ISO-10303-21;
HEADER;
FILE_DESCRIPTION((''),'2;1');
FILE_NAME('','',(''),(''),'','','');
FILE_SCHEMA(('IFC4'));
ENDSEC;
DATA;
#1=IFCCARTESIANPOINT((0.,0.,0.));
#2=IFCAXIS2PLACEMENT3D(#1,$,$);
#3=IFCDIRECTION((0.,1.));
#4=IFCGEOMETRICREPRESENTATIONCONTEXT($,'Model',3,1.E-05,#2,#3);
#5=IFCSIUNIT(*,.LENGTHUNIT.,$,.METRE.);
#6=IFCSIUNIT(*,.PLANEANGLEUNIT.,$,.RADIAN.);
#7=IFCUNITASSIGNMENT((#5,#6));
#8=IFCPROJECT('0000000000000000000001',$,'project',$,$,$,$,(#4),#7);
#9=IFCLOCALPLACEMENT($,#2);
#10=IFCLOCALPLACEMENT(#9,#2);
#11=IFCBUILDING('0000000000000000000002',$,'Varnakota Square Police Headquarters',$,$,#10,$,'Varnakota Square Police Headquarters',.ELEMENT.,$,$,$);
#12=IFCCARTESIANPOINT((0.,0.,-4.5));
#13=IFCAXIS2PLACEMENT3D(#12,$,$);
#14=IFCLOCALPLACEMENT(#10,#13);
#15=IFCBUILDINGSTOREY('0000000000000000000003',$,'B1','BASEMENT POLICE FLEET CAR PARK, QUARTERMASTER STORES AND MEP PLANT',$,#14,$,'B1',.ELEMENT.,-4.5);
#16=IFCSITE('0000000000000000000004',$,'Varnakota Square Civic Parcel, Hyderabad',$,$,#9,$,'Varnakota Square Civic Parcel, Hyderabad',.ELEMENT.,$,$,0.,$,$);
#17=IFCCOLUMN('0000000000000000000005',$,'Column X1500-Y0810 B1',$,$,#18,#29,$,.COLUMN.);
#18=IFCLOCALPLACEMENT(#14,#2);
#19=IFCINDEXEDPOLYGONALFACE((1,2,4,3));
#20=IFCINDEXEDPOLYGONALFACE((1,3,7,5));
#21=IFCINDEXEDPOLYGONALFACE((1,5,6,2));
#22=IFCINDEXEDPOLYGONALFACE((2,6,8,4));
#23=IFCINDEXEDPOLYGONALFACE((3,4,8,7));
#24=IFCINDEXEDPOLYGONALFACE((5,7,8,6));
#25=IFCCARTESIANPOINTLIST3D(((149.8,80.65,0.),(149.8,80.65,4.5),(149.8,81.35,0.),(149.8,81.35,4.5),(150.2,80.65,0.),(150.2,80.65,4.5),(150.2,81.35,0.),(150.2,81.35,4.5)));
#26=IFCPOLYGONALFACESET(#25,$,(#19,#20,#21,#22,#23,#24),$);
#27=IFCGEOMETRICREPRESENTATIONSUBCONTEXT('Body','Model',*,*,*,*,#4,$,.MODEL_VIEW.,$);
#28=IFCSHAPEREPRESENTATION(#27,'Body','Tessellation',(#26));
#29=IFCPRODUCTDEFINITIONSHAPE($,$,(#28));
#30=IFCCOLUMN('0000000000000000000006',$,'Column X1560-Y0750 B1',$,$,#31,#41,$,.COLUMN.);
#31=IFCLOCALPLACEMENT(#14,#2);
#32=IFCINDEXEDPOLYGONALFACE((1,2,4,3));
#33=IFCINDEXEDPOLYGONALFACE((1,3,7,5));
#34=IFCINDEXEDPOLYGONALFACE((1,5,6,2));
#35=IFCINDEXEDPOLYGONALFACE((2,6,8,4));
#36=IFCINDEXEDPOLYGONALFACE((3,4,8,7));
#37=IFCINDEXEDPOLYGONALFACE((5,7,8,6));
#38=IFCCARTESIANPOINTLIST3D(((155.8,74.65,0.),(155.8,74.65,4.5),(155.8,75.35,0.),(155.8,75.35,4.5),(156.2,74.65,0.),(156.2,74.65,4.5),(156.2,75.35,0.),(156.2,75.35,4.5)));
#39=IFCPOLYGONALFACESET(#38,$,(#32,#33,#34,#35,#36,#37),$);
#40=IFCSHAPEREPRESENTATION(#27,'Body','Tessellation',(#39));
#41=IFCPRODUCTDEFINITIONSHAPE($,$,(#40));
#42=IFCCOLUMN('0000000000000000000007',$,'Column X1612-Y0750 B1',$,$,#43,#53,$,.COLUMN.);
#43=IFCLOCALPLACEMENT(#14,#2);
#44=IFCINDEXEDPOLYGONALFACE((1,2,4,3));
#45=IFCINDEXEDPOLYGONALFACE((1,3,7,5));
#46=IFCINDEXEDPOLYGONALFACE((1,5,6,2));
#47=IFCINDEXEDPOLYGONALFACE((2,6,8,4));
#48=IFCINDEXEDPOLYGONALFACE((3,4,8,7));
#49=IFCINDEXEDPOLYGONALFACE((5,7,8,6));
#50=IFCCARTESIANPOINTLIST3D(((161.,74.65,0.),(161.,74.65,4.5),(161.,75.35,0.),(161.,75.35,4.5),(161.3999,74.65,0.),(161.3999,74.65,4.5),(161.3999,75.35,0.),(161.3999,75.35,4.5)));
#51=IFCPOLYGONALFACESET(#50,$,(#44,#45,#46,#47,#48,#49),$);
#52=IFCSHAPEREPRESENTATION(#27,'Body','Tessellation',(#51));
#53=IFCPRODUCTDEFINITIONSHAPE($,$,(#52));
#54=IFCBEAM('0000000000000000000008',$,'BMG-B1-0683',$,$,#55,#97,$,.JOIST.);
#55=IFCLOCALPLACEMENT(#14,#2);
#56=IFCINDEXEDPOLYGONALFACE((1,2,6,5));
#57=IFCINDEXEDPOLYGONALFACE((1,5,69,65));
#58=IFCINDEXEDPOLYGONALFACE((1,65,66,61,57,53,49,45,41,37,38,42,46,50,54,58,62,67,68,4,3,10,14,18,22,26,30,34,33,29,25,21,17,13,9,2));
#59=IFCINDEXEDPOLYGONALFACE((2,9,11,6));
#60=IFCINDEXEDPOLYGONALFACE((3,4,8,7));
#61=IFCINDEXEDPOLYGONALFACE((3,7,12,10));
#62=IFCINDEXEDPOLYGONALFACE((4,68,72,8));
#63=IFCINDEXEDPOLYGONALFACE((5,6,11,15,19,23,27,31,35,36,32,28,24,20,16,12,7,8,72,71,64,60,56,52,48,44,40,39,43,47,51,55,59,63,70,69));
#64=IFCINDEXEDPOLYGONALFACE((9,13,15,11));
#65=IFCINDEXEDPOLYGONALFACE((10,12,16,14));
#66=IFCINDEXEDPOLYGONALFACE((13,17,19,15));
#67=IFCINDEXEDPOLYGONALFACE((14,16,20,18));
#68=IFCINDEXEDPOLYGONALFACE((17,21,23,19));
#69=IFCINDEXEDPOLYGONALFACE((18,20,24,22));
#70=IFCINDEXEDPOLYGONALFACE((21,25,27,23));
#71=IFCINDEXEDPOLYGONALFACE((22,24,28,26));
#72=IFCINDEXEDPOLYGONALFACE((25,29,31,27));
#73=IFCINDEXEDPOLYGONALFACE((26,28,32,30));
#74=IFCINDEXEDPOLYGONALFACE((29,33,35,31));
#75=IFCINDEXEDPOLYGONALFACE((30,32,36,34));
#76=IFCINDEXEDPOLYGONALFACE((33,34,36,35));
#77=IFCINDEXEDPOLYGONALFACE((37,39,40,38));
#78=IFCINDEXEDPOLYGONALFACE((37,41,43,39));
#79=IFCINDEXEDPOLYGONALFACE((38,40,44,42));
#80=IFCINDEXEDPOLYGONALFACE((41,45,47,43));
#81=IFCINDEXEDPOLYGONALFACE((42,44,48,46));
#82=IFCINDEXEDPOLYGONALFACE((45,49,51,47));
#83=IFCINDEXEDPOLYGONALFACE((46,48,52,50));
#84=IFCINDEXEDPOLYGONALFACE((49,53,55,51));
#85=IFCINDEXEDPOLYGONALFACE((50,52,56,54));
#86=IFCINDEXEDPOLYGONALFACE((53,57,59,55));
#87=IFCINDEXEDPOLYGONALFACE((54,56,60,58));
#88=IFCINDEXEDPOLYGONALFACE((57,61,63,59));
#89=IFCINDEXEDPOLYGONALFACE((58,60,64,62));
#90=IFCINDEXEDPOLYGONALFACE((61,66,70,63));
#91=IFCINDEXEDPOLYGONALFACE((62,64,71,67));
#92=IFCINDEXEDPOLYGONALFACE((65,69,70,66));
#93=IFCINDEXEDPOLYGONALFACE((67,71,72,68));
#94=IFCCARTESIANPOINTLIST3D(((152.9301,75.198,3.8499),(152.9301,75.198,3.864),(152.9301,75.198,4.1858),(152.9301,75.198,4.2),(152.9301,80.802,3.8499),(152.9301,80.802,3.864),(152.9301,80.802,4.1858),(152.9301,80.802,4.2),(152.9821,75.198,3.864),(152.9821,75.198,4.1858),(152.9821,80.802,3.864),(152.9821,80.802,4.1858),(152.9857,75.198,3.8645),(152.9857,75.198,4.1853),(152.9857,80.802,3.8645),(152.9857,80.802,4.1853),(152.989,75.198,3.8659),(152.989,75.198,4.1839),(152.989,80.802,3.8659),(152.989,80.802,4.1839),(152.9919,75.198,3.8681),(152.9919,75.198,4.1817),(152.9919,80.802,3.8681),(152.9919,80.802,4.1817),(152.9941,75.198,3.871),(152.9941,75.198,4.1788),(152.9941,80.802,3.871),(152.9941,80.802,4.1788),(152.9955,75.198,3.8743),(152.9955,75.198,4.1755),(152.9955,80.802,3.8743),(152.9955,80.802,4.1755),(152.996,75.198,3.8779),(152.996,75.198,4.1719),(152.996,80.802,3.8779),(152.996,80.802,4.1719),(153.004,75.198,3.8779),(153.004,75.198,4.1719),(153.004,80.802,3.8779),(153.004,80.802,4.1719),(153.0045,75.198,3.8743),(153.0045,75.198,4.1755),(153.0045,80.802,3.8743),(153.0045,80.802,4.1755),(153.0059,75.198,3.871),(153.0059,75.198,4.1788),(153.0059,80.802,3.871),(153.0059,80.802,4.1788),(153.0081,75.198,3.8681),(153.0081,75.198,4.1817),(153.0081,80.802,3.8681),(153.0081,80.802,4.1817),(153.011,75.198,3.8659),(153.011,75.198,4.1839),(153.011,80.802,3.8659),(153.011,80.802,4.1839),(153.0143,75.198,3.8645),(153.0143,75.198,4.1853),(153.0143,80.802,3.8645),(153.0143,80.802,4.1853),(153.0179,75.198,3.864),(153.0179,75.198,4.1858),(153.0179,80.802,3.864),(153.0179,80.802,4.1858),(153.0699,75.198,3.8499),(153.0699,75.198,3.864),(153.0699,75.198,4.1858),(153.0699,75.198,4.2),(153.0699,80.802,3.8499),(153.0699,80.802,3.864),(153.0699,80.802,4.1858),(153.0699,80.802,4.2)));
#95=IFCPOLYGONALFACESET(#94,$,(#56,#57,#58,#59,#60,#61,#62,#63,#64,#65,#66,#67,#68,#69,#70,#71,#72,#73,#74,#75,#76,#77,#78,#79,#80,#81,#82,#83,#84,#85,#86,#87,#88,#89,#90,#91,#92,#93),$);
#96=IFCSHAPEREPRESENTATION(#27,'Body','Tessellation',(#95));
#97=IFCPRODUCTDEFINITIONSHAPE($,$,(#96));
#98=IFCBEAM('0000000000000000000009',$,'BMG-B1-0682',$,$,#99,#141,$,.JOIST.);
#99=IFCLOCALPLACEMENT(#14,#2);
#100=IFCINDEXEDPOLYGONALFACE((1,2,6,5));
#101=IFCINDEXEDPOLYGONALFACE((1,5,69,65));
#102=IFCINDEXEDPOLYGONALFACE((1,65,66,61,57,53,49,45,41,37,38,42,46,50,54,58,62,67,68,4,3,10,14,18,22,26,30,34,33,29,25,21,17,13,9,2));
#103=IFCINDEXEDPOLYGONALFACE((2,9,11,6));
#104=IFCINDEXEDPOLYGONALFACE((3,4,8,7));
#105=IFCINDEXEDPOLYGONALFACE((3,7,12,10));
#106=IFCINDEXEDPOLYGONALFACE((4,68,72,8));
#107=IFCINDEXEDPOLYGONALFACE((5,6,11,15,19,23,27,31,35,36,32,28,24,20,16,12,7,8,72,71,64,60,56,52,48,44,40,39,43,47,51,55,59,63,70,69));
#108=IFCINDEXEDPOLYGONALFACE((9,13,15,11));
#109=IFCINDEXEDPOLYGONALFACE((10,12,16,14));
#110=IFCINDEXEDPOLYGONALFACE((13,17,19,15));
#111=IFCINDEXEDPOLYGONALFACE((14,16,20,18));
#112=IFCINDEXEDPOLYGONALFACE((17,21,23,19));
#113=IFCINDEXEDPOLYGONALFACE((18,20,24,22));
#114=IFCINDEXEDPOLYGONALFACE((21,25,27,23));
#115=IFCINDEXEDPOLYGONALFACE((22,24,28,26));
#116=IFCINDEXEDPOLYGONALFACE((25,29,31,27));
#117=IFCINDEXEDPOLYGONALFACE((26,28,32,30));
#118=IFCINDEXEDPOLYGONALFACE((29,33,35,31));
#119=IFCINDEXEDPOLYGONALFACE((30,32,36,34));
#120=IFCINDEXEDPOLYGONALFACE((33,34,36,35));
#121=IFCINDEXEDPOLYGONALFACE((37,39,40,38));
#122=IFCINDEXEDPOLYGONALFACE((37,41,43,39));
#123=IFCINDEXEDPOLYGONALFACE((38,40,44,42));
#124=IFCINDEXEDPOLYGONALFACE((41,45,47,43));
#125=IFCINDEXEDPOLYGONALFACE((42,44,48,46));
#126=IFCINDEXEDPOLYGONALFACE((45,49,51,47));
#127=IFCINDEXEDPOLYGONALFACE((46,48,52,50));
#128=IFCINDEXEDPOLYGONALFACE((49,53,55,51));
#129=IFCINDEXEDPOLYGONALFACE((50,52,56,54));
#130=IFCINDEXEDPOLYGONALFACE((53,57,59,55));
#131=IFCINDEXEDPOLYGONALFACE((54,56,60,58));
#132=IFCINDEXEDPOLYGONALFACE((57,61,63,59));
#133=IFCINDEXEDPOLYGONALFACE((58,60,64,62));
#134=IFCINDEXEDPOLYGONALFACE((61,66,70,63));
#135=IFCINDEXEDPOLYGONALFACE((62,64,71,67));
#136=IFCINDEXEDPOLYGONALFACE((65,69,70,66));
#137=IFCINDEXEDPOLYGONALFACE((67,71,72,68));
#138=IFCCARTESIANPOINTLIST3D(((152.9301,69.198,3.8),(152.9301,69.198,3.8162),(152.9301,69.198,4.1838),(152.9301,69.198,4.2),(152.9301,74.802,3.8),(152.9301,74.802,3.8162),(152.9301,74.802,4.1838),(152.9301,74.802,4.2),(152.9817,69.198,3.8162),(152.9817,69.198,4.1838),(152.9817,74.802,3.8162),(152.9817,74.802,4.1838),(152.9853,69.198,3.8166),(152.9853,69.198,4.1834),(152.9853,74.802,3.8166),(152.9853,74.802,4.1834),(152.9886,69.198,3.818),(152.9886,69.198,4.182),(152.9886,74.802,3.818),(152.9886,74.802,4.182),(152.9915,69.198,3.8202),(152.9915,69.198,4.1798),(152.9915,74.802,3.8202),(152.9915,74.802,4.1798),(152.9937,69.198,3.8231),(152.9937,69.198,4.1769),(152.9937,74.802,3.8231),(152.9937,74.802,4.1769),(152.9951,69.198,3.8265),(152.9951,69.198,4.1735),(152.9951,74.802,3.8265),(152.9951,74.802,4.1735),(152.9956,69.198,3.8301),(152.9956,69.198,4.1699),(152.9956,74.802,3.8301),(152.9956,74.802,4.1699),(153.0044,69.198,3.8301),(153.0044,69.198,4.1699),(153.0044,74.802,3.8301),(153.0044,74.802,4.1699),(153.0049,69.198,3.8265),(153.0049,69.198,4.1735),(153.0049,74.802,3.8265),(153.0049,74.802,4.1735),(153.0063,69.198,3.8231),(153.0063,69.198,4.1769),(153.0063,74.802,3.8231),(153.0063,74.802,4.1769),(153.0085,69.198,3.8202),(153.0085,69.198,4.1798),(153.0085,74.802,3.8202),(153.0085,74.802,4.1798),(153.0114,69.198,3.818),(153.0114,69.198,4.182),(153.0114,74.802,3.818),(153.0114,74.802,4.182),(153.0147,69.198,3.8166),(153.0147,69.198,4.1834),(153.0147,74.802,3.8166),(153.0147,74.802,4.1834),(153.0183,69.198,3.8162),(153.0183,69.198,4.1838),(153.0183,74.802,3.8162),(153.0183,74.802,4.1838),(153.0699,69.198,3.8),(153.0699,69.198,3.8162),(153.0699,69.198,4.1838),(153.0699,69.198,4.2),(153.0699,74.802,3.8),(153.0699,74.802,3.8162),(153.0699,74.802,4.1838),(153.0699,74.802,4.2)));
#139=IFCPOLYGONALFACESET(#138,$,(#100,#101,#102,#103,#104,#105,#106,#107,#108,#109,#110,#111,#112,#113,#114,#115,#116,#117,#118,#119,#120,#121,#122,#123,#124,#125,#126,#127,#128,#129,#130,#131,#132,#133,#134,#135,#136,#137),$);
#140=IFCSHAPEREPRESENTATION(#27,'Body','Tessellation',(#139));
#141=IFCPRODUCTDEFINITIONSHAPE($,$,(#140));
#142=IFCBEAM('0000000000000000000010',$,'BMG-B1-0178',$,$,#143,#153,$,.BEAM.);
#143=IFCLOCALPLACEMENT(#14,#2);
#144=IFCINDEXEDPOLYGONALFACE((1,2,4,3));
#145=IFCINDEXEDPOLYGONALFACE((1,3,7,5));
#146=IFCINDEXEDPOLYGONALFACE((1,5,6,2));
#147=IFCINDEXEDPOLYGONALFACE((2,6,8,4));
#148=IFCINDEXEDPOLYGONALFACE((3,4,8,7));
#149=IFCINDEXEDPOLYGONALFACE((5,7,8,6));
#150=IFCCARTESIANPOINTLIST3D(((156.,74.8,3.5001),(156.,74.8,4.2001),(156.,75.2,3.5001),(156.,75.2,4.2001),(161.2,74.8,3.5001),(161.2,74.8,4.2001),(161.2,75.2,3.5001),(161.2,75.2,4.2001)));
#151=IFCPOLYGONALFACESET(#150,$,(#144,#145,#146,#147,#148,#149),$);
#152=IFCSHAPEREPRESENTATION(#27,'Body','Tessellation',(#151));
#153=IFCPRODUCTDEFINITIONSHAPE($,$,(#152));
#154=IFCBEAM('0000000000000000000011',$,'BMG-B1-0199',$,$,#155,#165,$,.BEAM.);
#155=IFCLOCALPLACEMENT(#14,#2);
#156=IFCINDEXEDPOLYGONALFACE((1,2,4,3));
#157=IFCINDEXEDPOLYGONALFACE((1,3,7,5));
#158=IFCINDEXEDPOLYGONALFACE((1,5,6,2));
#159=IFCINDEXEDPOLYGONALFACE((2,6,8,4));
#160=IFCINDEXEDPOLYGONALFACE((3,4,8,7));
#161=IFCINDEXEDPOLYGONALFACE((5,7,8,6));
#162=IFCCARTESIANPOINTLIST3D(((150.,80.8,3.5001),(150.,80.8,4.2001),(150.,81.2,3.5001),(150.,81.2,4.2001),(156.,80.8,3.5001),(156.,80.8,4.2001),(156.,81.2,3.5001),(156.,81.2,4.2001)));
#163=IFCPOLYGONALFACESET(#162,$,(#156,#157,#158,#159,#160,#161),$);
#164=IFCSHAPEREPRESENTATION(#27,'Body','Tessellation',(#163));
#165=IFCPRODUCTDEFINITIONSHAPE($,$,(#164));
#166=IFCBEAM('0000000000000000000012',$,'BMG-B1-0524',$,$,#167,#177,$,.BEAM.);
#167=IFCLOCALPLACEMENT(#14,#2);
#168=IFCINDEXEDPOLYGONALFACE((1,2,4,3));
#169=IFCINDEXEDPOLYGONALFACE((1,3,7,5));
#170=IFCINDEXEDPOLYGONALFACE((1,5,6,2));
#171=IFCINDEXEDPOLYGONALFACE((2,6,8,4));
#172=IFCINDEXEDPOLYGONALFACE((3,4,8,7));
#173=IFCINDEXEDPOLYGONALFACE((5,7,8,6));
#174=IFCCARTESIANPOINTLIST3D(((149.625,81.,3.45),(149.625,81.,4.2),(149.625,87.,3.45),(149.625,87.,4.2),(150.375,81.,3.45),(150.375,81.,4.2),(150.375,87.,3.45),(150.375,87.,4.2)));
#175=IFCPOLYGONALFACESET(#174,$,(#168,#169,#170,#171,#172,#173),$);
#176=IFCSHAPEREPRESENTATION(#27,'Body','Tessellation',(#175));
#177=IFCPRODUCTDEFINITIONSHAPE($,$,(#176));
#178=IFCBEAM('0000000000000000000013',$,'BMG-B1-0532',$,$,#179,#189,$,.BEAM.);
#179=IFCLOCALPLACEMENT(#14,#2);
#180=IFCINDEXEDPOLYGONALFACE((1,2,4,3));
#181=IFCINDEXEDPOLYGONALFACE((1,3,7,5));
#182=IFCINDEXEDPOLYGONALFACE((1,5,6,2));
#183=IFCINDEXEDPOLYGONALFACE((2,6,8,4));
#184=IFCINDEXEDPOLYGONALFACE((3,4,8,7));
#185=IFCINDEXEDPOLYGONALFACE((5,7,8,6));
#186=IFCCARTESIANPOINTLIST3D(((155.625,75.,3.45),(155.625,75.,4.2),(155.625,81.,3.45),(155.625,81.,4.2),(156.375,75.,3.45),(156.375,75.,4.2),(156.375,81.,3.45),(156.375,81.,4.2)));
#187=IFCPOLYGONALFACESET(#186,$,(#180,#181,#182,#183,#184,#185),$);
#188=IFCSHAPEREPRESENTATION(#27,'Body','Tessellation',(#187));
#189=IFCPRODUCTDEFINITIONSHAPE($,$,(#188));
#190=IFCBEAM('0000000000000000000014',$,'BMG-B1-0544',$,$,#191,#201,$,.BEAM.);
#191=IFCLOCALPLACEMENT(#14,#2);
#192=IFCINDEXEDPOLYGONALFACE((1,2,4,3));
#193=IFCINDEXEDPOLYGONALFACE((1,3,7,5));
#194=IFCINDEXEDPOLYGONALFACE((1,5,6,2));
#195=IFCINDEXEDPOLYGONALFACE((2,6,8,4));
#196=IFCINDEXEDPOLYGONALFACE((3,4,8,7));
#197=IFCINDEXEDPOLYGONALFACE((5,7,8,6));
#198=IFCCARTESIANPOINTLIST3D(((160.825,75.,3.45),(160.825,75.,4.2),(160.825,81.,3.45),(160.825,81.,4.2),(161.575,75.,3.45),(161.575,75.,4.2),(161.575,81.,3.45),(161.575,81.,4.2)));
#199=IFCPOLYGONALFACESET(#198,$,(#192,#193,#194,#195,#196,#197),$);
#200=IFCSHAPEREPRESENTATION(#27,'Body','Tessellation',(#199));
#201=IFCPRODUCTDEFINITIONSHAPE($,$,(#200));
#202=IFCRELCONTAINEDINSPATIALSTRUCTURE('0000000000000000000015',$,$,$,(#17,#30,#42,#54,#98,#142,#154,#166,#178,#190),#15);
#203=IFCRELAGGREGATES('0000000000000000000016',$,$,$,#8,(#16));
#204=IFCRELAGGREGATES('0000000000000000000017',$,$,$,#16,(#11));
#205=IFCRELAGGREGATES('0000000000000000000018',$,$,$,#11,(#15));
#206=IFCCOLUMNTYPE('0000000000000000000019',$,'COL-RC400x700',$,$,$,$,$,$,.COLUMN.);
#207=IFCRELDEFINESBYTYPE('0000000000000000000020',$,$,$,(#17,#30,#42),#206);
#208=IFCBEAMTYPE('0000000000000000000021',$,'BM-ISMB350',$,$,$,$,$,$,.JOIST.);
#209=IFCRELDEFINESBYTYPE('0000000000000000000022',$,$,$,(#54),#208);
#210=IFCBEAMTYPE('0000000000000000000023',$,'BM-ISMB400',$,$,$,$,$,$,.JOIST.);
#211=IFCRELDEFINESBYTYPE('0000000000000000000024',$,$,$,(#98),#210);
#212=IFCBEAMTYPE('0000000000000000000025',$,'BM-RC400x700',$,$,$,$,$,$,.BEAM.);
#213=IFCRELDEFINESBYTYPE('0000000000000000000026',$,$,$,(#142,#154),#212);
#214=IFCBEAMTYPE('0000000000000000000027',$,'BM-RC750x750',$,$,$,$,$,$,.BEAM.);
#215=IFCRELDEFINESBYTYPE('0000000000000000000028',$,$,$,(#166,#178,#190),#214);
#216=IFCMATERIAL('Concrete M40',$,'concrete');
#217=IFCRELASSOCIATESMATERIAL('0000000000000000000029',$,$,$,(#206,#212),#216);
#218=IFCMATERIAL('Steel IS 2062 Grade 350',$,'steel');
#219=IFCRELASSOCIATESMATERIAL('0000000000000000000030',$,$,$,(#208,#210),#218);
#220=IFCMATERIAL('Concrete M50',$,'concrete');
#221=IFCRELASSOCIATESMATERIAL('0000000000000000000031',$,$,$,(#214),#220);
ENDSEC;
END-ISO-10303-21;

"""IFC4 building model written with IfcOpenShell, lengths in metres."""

from ifc_helpers import new_model, si_unit, direction, frame, origin, origin_2d, place, context, subcontext, project, spatial, rectangle, i_section, extrude, material, material_profile, profile_set, type_object, element, save


model = new_model("IFC4")

# Units and contexts
model_context = context("Model", 3, precision=1e-05, world=origin(), true_north=direction((0.0, 1.0)))
body_context = subcontext(model_context, "Body", "Model", "MODEL_VIEW")
ifc_project = project(units=[si_unit("LENGTHUNIT", "METRE"), si_unit("PLANEANGLEUNIT", "RADIAN")], contexts=[model_context])

# Site, building, storey
site_placement = place(None, origin())
site = spatial("IfcSite", under=ifc_project, at=site_placement, Name="Varnakota Square Civic Parcel, Hyderabad", LongName="Varnakota Square Civic Parcel, Hyderabad", CompositionType="ELEMENT", RefElevation=0.0)
building_placement = place(site_placement, origin())
building = spatial("IfcBuilding", under=site, at=building_placement, Name="Varnakota Square Police Headquarters", LongName="Varnakota Square Police Headquarters", CompositionType="ELEMENT")
storey_placement = place(building_placement, frame((0.0, 0.0, -4.5)))
storey = spatial("IfcBuildingStorey", under=building, at=storey_placement, Name="B1", Description="BASEMENT POLICE FLEET CAR PARK, QUARTERMASTER STORES AND MEP PLANT", LongName="B1", CompositionType="ELEMENT", Elevation=-4.5)

# Shared definitions
ifc_material_1 = material(Name="Concrete M40", Category="concrete")

# Columns
ifc_material_profile_1 = material_profile(ifc_material_1, rectangle(XDim=0.3999, YDim=0.7, at=origin_2d()), Name="RC 400x700")
ifc_profile_set_1 = profile_set([ifc_material_profile_1], Name="Concrete M40")
column_type = type_object("IfcColumnType", Name="COL-RC400x700", PredefinedType="COLUMN", material=ifc_profile_set_1)
for number, where, z_axis, x_axis, name in (
    (1, (150.0, 81.0, 0.0), (0.0, 0.0, 1.0), (1.0, 0.0, 0.0), "Column X1500-Y0810 B1"),
    (2, (156.0, 75.0, 0.0), (0.0, 0.0, 1.0), (1.0, 0.0, 0.0), "Column X1560-Y0750 B1"),
    (3, (161.2, 75.0, 0.0), (0.0, 0.0, 1.0), (1.0, 0.0, 0.0), "Column X1612-Y0750 B1"),
):
    element("IfcColumn", number, at=place(storey_placement, frame(where, z_axis=z_axis, x_axis=x_axis)), inside=storey, type_object=column_type, Name=name, PredefinedType="COLUMN", context=body_context, shape_type="SweptSolid", body=[
        extrude(rectangle(XDim=0.3999, YDim=0.7, at=origin_2d()), origin(), (0.0, 0.0, 1.0), 4.5),
    ])

# Beams
ifc_material_2 = material(Name="Steel IS 2062 Grade 350", Category="steel")
ifc_material_profile_2 = material_profile(ifc_material_2, i_section(OverallWidth=0.1399, OverallDepth=0.3501, WebThickness=0.0081, FlangeThickness=0.0142, FilletRadius=0.0139, at=origin_2d()), Name="ISMB 350")
ifc_profile_set_2 = profile_set([ifc_material_profile_2], Name="Steel IS 2062 Grade 350")
beam_type_1 = type_object("IfcBeamType", Name="BM-ISMB350", PredefinedType="JOIST", material=ifc_profile_set_2)
beam_1_placement = place(storey_placement, frame((153.0, 75.198, 4.0249), z_axis=(0.0, 1.0, 0.0), x_axis=(-1.0, 0.0, 0.0)))
element("IfcBeam", 4, at=beam_1_placement, inside=storey, type_object=beam_type_1, Name="BMG-B1-0683", PredefinedType="JOIST", context=body_context, shape_type="SweptSolid", body=[
    extrude(i_section(OverallWidth=0.1399, OverallDepth=0.3501, WebThickness=0.0081, FlangeThickness=0.0142, FilletRadius=0.0139, at=origin_2d()), origin(), (0.0, 0.0, 1.0), 5.604),
])
ifc_material_profile_3 = material_profile(ifc_material_2, i_section(OverallWidth=0.1399, OverallDepth=0.3999, WebThickness=0.0088, FlangeThickness=0.0161, FilletRadius=0.0139, at=origin_2d()), Name="ISMB 400")
ifc_profile_set_3 = profile_set([ifc_material_profile_3], Name="Steel IS 2062 Grade 350")
beam_type_2 = type_object("IfcBeamType", Name="BM-ISMB400", PredefinedType="JOIST", material=ifc_profile_set_3)
beam_2_placement = place(storey_placement, frame((153.0, 69.198, 4.0), z_axis=(0.0, 1.0, 0.0), x_axis=(-1.0, 0.0, 0.0)))
element("IfcBeam", 5, at=beam_2_placement, inside=storey, type_object=beam_type_2, Name="BMG-B1-0682", PredefinedType="JOIST", context=body_context, shape_type="SweptSolid", body=[
    extrude(i_section(OverallWidth=0.1399, OverallDepth=0.3999, WebThickness=0.0088, FlangeThickness=0.0161, FilletRadius=0.0139, at=origin_2d()), origin(), (0.0, 0.0, 1.0), 5.604),
])
ifc_material_profile_4 = material_profile(ifc_material_1, rectangle(XDim=0.3999, YDim=0.7, at=origin_2d()), Name="RC 400x700")
ifc_profile_set_4 = profile_set([ifc_material_profile_4], Name="Concrete M40")
beam_type_3 = type_object("IfcBeamType", Name="BM-RC400x700", PredefinedType="BEAM", material=ifc_profile_set_4)
beam_3_placement = place(storey_placement, frame((156.0, 75.0, 3.8501), z_axis=(1.0, 0.0, 0.0), x_axis=(0.0, 1.0, 0.0)))
element("IfcBeam", 6, at=beam_3_placement, inside=storey, type_object=beam_type_3, Name="BMG-B1-0178", PredefinedType="BEAM", context=body_context, shape_type="SweptSolid", body=[
    extrude(rectangle(XDim=0.3999, YDim=0.7, at=origin_2d()), origin(), (0.0, 0.0, 1.0), 5.2),
])
beam_4_placement = place(storey_placement, frame((150.0, 81.0, 3.8501), z_axis=(1.0, 0.0, 0.0), x_axis=(0.0, 1.0, 0.0)))
element("IfcBeam", 7, at=beam_4_placement, inside=storey, type_object=beam_type_3, Name="BMG-B1-0199", PredefinedType="BEAM", context=body_context, shape_type="SweptSolid", body=[
    extrude(rectangle(XDim=0.3999, YDim=0.7, at=origin_2d()), origin(), (0.0, 0.0, 1.0), 6.0),
])
ifc_material_3 = material(Name="Concrete M50", Category="concrete")
ifc_material_profile_5 = material_profile(ifc_material_3, rectangle(XDim=0.75, YDim=0.75, at=origin_2d()), Name="RC 750x750")
ifc_profile_set_5 = profile_set([ifc_material_profile_5], Name="Concrete M50")
beam_type_4 = type_object("IfcBeamType", Name="BM-RC750x750", PredefinedType="BEAM", material=ifc_profile_set_5)
for number, where, z_axis, x_axis, name in (
    (8, (150.0, 81.0, 3.825), (0.0, 1.0, 0.0), (-1.0, 0.0, 0.0), "BMG-B1-0524"),
    (9, (156.0, 75.0, 3.825), (0.0, 1.0, 0.0), (-1.0, 0.0, 0.0), "BMG-B1-0532"),
    (10, (161.2, 75.0, 3.825), (0.0, 1.0, 0.0), (-1.0, 0.0, 0.0), "BMG-B1-0544"),
):
    element("IfcBeam", number, at=place(storey_placement, frame(where, z_axis=z_axis, x_axis=x_axis)), inside=storey, type_object=beam_type_4, Name=name, PredefinedType="BEAM", context=body_context, shape_type="SweptSolid", body=[
        extrude(rectangle(XDim=0.75, YDim=0.75, at=origin_2d()), origin(), (0.0, 0.0, 1.0), 6.0),
    ])

save(model, "model.ifc")
